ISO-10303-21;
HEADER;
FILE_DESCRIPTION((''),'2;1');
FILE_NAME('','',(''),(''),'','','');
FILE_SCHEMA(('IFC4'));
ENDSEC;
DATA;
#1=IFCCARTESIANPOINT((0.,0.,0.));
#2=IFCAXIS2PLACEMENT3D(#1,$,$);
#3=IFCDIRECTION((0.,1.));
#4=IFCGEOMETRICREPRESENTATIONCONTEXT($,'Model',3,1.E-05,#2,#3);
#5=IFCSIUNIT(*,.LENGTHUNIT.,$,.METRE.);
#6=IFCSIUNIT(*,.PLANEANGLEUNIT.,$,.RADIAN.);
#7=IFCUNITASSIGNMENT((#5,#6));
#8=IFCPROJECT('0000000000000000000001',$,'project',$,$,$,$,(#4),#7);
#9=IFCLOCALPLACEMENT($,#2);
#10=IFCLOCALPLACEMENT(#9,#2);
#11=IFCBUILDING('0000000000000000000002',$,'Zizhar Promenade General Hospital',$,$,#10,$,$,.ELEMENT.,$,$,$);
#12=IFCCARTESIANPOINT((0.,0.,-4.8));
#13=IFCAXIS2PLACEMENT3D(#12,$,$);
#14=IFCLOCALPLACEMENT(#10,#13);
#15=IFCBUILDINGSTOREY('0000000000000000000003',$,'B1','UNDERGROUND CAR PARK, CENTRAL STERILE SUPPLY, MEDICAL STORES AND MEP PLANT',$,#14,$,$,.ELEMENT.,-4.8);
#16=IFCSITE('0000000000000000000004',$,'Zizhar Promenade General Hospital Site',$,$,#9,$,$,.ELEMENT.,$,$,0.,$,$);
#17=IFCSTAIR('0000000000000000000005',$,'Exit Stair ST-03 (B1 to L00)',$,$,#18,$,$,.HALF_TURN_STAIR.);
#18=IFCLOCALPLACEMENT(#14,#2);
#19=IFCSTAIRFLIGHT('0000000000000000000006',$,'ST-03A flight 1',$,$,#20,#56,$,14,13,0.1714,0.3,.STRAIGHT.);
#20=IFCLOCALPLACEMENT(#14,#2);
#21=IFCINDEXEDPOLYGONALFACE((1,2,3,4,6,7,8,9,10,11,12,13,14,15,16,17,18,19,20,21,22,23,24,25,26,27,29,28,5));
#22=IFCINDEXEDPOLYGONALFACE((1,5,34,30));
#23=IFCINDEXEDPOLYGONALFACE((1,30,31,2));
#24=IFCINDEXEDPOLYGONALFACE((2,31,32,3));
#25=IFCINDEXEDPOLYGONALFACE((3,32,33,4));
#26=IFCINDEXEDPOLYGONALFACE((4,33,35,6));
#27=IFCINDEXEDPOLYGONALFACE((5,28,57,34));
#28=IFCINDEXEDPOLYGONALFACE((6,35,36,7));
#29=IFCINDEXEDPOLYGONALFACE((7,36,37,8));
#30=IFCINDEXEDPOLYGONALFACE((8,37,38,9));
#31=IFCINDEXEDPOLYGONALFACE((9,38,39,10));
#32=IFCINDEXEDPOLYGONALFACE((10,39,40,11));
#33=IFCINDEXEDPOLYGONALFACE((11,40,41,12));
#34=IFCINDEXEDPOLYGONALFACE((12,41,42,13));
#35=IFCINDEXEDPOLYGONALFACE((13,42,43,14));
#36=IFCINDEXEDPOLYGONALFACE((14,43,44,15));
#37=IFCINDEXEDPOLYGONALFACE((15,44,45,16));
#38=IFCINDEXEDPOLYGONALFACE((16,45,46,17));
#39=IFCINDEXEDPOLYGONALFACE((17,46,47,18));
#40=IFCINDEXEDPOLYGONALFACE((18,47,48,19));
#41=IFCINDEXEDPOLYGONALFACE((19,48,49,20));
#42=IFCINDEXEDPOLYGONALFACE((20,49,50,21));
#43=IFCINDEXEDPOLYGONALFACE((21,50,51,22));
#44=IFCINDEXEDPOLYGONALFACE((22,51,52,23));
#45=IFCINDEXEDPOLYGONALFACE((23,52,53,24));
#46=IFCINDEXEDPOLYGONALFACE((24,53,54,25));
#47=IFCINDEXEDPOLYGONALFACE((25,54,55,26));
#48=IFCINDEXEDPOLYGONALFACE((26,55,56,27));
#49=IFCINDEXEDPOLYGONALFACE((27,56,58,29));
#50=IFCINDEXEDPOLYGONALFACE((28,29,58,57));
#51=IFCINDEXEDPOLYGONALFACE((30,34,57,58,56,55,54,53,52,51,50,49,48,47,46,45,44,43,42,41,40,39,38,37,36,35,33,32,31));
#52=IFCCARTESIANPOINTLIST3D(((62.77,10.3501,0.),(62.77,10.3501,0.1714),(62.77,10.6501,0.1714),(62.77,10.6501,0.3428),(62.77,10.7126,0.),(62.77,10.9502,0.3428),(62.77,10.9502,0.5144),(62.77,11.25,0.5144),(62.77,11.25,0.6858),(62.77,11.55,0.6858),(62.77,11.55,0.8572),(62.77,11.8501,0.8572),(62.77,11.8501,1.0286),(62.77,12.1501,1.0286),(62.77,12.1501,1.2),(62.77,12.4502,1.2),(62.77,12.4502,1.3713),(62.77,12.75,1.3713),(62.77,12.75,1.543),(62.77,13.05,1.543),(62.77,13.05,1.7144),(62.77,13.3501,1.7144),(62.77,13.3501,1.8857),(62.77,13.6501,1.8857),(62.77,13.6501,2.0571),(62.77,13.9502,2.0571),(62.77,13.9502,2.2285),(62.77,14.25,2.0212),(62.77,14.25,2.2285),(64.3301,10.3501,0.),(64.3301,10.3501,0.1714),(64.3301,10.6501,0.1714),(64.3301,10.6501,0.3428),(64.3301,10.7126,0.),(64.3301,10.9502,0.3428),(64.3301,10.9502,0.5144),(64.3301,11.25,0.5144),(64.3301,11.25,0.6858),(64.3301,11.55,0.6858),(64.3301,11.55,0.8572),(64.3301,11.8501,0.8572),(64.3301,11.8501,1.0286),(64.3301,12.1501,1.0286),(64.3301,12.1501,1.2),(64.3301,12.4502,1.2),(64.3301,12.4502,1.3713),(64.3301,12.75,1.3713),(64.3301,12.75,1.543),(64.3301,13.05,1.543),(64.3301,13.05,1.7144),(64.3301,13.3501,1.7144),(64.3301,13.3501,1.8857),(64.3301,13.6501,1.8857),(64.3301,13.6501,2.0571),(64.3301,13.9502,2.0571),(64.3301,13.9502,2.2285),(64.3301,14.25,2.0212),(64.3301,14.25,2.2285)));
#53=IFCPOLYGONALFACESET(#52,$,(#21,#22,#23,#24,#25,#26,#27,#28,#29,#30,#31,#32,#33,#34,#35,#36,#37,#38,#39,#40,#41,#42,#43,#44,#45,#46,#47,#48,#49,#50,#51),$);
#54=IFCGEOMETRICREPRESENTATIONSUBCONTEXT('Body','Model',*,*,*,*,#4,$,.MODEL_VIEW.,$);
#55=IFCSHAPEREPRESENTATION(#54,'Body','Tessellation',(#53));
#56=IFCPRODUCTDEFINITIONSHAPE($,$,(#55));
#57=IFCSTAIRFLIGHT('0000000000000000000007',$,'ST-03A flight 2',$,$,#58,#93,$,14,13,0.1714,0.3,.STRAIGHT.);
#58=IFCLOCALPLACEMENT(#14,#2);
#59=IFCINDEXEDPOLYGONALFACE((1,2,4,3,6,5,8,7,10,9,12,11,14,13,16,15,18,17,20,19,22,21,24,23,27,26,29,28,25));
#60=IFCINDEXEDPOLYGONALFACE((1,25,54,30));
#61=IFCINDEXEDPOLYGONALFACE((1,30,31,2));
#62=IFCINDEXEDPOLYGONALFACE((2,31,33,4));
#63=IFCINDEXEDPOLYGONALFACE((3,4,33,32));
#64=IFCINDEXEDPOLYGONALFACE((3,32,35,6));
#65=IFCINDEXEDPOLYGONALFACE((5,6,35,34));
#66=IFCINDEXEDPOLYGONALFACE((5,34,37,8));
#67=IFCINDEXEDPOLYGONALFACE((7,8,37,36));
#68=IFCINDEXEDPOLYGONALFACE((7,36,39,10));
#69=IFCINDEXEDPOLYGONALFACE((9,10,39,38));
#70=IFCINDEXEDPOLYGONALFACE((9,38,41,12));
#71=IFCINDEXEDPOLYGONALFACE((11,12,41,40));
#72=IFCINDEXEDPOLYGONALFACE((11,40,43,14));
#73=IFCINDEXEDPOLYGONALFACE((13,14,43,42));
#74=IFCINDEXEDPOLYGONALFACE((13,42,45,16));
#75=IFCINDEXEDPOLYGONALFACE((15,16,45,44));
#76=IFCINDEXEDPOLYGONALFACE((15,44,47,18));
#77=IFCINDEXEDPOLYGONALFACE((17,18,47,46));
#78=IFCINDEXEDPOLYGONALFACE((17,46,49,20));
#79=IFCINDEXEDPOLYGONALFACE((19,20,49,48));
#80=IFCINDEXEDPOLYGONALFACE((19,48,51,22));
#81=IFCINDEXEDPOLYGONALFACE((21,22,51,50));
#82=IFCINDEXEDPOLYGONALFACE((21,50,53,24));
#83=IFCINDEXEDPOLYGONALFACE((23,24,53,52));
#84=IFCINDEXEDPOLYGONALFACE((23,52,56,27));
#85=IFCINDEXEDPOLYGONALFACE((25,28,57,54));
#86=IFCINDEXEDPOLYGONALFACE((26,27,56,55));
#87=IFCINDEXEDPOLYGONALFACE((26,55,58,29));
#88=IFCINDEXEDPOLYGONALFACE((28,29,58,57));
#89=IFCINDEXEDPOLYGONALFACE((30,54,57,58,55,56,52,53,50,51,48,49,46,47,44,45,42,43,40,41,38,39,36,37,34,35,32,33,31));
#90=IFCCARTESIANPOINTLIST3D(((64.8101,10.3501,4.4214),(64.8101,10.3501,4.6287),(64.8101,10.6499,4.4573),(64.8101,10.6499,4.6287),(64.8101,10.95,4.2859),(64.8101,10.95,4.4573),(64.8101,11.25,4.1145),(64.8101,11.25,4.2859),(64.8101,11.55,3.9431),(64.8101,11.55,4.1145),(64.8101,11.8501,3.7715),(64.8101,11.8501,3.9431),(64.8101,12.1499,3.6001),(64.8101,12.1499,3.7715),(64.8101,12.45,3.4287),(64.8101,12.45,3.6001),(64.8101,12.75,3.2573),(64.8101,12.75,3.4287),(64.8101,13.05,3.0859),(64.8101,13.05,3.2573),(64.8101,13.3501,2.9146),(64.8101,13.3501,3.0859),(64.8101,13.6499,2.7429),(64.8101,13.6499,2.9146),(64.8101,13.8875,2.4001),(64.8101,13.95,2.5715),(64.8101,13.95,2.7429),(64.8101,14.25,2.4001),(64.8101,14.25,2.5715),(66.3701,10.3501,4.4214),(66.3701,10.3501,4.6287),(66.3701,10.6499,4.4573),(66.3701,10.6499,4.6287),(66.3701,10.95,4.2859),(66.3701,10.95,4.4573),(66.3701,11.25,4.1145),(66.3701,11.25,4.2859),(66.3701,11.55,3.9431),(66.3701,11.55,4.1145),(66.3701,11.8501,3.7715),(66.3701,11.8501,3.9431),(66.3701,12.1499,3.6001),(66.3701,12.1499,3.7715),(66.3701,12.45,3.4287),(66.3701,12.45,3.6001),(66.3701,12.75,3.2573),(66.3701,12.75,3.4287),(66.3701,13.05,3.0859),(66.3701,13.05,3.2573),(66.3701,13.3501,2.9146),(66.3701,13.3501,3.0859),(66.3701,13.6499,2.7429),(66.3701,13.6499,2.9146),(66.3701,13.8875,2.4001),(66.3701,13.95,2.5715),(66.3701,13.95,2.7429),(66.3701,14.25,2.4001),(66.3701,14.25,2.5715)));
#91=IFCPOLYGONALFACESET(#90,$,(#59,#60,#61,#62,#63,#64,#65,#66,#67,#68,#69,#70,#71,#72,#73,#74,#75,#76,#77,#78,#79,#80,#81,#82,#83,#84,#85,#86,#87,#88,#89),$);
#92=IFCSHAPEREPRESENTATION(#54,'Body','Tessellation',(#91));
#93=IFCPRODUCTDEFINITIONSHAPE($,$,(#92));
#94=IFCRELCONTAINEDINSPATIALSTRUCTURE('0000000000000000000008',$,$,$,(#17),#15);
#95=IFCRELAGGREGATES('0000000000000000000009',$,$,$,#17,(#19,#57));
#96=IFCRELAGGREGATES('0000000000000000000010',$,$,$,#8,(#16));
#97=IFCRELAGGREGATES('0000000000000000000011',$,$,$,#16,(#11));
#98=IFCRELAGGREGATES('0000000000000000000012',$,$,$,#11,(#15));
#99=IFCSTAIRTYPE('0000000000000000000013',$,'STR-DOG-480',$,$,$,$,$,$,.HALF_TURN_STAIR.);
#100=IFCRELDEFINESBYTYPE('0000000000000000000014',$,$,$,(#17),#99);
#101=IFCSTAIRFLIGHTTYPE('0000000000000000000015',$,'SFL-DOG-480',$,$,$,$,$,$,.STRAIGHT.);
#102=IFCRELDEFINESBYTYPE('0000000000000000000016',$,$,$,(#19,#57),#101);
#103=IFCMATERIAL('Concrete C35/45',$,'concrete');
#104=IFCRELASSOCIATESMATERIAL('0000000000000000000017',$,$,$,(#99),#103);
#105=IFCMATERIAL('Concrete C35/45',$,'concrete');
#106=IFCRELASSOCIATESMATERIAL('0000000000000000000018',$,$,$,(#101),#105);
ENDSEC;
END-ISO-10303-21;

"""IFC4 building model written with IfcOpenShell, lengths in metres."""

from ifc_helpers import new_model, si_unit, direction, frame, origin, place, context, subcontext, project, spatial, polyline, outline, extrude, material, type_object, element, aggregate, save


model = new_model("IFC4")

# Units and contexts
model_context = context("Model", 3, precision=1e-05, world=origin(), true_north=direction((0.0, 1.0)))
body_context = subcontext(model_context, "Body", "Model", "MODEL_VIEW")
ifc_project = project(units=[si_unit("LENGTHUNIT", "METRE"), si_unit("PLANEANGLEUNIT", "RADIAN")], contexts=[model_context])

# Site, building, storey
site_placement = place(None, origin())
site = spatial("IfcSite", under=ifc_project, at=site_placement, Name="Zizhar Promenade General Hospital Site", CompositionType="ELEMENT", RefElevation=0.0)
building_placement = place(site_placement, origin())
building = spatial("IfcBuilding", under=site, at=building_placement, Name="Zizhar Promenade General Hospital", CompositionType="ELEMENT")
storey_placement = place(building_placement, frame((0.0, 0.0, -4.8)))
storey = spatial("IfcBuildingStorey", under=building, at=storey_placement, Name="B1", Description="UNDERGROUND CAR PARK, CENTRAL STERILE SUPPLY, MEDICAL STORES AND MEP PLANT", CompositionType="ELEMENT", Elevation=-4.8)

# Stair, stair flights
ifc_material_1 = material(Name="Concrete C35/45", Category="concrete")
stair_type = type_object("IfcStairType", Name="STR-DOG-480", PredefinedType="HALF_TURN_STAIR", material=ifc_material_1)
stair_placement = place(storey_placement, origin())
stair = element("IfcStair", 1, at=stair_placement, inside=storey, type_object=stair_type, Name="Exit Stair ST-03 (B1 to L00)", PredefinedType="HALF_TURN_STAIR")
ifc_material_2 = material(Name="Concrete C35/45", Category="concrete")
stair_flight_type = type_object("IfcStairFlightType", Name="SFL-DOG-480", PredefinedType="STRAIGHT", material=ifc_material_2)
stair_flight_1_placement = place(storey_placement, frame((63.55, 10.3501, 0.0), z_axis=(0.0, 0.0, 1.0), x_axis=(0.0, 1.0, 0.0)))
stair_flight_1 = element("IfcStairFlight", 2, at=stair_flight_1_placement, type_object=stair_flight_type, Name="ST-03A flight 1", NumberOfRisers=14, NumberOfTreads=13, PredefinedType="STRAIGHT", RiserHeight=0.1714, TreadLength=0.3, context=body_context, shape_type="SweptSolid", body=[
    extrude(outline(polyline([(0.0, 0.0), (0.0, 0.1714), (0.3, 0.1714), (0.3, 0.3428), (0.6001, 0.3428), (0.6001, 0.5144), (0.8999, 0.5144), (0.8999, 0.6858), (1.2, 0.6858), (1.2, 0.8572), (1.5, 0.8572), (1.5, 1.0286), (1.8, 1.0286), (1.8, 1.2), (2.1001, 1.2), (2.1001, 1.3713), (2.3999, 1.3713), (2.3999, 1.543), (2.7, 1.543), (2.7, 1.7144), (3.0, 1.7144), (3.0, 1.8857), (3.3, 1.8857), (3.3, 2.0571), (3.6001, 2.0571), (3.6001, 2.2285), (3.8999, 2.2285), (3.8999, 2.3999), (3.8999, 2.0212), (0.3625, 0.0), (0.0, 0.0)])), frame((0.0, 0.78, 0.0), z_axis=(0.0, -1.0, 0.0), x_axis=(1.0, 0.0, 0.0)), (0.0, 0.0, 1.0), 1.5601),
])
stair_flight_2_placement = place(storey_placement, frame((65.5901, 14.25, 2.4001), z_axis=(0.0, 0.0, 1.0), x_axis=(0.0, -1.0, 0.0)))
stair_flight_2 = element("IfcStairFlight", 3, at=stair_flight_2_placement, type_object=stair_flight_type, Name="ST-03A flight 2", NumberOfRisers=14, NumberOfTreads=13, PredefinedType="STRAIGHT", RiserHeight=0.1714, TreadLength=0.3, context=body_context, shape_type="SweptSolid", body=[
    extrude(outline(polyline([(0.0, 0.0), (0.0, 0.1714), (0.3, 0.1714), (0.3, 0.3428), (0.6001, 0.3428), (0.6001, 0.5144), (0.8999, 0.5144), (0.8999, 0.6858), (1.2, 0.6858), (1.2, 0.8572), (1.5, 0.8572), (1.5, 1.0286), (1.8, 1.0286), (1.8, 1.2), (2.1001, 1.2), (2.1001, 1.3713), (2.3999, 1.3713), (2.3999, 1.543), (2.7, 1.543), (2.7, 1.7144), (3.0, 1.7144), (3.0, 1.8857), (3.3, 1.8857), (3.3, 2.0571), (3.6001, 2.0571), (3.6001, 2.2285), (3.8999, 2.2285), (3.8999, 2.3999), (3.8999, 2.0212), (0.3625, 0.0), (0.0, 0.0)])), frame((0.0, 0.78, 0.0), z_axis=(0.0, -1.0, 0.0), x_axis=(1.0, 0.0, 0.0)), (0.0, 0.0, 1.0), 1.5601),
])
aggregate(stair, [stair_flight_1, stair_flight_2])

save(model, "model.ifc")
